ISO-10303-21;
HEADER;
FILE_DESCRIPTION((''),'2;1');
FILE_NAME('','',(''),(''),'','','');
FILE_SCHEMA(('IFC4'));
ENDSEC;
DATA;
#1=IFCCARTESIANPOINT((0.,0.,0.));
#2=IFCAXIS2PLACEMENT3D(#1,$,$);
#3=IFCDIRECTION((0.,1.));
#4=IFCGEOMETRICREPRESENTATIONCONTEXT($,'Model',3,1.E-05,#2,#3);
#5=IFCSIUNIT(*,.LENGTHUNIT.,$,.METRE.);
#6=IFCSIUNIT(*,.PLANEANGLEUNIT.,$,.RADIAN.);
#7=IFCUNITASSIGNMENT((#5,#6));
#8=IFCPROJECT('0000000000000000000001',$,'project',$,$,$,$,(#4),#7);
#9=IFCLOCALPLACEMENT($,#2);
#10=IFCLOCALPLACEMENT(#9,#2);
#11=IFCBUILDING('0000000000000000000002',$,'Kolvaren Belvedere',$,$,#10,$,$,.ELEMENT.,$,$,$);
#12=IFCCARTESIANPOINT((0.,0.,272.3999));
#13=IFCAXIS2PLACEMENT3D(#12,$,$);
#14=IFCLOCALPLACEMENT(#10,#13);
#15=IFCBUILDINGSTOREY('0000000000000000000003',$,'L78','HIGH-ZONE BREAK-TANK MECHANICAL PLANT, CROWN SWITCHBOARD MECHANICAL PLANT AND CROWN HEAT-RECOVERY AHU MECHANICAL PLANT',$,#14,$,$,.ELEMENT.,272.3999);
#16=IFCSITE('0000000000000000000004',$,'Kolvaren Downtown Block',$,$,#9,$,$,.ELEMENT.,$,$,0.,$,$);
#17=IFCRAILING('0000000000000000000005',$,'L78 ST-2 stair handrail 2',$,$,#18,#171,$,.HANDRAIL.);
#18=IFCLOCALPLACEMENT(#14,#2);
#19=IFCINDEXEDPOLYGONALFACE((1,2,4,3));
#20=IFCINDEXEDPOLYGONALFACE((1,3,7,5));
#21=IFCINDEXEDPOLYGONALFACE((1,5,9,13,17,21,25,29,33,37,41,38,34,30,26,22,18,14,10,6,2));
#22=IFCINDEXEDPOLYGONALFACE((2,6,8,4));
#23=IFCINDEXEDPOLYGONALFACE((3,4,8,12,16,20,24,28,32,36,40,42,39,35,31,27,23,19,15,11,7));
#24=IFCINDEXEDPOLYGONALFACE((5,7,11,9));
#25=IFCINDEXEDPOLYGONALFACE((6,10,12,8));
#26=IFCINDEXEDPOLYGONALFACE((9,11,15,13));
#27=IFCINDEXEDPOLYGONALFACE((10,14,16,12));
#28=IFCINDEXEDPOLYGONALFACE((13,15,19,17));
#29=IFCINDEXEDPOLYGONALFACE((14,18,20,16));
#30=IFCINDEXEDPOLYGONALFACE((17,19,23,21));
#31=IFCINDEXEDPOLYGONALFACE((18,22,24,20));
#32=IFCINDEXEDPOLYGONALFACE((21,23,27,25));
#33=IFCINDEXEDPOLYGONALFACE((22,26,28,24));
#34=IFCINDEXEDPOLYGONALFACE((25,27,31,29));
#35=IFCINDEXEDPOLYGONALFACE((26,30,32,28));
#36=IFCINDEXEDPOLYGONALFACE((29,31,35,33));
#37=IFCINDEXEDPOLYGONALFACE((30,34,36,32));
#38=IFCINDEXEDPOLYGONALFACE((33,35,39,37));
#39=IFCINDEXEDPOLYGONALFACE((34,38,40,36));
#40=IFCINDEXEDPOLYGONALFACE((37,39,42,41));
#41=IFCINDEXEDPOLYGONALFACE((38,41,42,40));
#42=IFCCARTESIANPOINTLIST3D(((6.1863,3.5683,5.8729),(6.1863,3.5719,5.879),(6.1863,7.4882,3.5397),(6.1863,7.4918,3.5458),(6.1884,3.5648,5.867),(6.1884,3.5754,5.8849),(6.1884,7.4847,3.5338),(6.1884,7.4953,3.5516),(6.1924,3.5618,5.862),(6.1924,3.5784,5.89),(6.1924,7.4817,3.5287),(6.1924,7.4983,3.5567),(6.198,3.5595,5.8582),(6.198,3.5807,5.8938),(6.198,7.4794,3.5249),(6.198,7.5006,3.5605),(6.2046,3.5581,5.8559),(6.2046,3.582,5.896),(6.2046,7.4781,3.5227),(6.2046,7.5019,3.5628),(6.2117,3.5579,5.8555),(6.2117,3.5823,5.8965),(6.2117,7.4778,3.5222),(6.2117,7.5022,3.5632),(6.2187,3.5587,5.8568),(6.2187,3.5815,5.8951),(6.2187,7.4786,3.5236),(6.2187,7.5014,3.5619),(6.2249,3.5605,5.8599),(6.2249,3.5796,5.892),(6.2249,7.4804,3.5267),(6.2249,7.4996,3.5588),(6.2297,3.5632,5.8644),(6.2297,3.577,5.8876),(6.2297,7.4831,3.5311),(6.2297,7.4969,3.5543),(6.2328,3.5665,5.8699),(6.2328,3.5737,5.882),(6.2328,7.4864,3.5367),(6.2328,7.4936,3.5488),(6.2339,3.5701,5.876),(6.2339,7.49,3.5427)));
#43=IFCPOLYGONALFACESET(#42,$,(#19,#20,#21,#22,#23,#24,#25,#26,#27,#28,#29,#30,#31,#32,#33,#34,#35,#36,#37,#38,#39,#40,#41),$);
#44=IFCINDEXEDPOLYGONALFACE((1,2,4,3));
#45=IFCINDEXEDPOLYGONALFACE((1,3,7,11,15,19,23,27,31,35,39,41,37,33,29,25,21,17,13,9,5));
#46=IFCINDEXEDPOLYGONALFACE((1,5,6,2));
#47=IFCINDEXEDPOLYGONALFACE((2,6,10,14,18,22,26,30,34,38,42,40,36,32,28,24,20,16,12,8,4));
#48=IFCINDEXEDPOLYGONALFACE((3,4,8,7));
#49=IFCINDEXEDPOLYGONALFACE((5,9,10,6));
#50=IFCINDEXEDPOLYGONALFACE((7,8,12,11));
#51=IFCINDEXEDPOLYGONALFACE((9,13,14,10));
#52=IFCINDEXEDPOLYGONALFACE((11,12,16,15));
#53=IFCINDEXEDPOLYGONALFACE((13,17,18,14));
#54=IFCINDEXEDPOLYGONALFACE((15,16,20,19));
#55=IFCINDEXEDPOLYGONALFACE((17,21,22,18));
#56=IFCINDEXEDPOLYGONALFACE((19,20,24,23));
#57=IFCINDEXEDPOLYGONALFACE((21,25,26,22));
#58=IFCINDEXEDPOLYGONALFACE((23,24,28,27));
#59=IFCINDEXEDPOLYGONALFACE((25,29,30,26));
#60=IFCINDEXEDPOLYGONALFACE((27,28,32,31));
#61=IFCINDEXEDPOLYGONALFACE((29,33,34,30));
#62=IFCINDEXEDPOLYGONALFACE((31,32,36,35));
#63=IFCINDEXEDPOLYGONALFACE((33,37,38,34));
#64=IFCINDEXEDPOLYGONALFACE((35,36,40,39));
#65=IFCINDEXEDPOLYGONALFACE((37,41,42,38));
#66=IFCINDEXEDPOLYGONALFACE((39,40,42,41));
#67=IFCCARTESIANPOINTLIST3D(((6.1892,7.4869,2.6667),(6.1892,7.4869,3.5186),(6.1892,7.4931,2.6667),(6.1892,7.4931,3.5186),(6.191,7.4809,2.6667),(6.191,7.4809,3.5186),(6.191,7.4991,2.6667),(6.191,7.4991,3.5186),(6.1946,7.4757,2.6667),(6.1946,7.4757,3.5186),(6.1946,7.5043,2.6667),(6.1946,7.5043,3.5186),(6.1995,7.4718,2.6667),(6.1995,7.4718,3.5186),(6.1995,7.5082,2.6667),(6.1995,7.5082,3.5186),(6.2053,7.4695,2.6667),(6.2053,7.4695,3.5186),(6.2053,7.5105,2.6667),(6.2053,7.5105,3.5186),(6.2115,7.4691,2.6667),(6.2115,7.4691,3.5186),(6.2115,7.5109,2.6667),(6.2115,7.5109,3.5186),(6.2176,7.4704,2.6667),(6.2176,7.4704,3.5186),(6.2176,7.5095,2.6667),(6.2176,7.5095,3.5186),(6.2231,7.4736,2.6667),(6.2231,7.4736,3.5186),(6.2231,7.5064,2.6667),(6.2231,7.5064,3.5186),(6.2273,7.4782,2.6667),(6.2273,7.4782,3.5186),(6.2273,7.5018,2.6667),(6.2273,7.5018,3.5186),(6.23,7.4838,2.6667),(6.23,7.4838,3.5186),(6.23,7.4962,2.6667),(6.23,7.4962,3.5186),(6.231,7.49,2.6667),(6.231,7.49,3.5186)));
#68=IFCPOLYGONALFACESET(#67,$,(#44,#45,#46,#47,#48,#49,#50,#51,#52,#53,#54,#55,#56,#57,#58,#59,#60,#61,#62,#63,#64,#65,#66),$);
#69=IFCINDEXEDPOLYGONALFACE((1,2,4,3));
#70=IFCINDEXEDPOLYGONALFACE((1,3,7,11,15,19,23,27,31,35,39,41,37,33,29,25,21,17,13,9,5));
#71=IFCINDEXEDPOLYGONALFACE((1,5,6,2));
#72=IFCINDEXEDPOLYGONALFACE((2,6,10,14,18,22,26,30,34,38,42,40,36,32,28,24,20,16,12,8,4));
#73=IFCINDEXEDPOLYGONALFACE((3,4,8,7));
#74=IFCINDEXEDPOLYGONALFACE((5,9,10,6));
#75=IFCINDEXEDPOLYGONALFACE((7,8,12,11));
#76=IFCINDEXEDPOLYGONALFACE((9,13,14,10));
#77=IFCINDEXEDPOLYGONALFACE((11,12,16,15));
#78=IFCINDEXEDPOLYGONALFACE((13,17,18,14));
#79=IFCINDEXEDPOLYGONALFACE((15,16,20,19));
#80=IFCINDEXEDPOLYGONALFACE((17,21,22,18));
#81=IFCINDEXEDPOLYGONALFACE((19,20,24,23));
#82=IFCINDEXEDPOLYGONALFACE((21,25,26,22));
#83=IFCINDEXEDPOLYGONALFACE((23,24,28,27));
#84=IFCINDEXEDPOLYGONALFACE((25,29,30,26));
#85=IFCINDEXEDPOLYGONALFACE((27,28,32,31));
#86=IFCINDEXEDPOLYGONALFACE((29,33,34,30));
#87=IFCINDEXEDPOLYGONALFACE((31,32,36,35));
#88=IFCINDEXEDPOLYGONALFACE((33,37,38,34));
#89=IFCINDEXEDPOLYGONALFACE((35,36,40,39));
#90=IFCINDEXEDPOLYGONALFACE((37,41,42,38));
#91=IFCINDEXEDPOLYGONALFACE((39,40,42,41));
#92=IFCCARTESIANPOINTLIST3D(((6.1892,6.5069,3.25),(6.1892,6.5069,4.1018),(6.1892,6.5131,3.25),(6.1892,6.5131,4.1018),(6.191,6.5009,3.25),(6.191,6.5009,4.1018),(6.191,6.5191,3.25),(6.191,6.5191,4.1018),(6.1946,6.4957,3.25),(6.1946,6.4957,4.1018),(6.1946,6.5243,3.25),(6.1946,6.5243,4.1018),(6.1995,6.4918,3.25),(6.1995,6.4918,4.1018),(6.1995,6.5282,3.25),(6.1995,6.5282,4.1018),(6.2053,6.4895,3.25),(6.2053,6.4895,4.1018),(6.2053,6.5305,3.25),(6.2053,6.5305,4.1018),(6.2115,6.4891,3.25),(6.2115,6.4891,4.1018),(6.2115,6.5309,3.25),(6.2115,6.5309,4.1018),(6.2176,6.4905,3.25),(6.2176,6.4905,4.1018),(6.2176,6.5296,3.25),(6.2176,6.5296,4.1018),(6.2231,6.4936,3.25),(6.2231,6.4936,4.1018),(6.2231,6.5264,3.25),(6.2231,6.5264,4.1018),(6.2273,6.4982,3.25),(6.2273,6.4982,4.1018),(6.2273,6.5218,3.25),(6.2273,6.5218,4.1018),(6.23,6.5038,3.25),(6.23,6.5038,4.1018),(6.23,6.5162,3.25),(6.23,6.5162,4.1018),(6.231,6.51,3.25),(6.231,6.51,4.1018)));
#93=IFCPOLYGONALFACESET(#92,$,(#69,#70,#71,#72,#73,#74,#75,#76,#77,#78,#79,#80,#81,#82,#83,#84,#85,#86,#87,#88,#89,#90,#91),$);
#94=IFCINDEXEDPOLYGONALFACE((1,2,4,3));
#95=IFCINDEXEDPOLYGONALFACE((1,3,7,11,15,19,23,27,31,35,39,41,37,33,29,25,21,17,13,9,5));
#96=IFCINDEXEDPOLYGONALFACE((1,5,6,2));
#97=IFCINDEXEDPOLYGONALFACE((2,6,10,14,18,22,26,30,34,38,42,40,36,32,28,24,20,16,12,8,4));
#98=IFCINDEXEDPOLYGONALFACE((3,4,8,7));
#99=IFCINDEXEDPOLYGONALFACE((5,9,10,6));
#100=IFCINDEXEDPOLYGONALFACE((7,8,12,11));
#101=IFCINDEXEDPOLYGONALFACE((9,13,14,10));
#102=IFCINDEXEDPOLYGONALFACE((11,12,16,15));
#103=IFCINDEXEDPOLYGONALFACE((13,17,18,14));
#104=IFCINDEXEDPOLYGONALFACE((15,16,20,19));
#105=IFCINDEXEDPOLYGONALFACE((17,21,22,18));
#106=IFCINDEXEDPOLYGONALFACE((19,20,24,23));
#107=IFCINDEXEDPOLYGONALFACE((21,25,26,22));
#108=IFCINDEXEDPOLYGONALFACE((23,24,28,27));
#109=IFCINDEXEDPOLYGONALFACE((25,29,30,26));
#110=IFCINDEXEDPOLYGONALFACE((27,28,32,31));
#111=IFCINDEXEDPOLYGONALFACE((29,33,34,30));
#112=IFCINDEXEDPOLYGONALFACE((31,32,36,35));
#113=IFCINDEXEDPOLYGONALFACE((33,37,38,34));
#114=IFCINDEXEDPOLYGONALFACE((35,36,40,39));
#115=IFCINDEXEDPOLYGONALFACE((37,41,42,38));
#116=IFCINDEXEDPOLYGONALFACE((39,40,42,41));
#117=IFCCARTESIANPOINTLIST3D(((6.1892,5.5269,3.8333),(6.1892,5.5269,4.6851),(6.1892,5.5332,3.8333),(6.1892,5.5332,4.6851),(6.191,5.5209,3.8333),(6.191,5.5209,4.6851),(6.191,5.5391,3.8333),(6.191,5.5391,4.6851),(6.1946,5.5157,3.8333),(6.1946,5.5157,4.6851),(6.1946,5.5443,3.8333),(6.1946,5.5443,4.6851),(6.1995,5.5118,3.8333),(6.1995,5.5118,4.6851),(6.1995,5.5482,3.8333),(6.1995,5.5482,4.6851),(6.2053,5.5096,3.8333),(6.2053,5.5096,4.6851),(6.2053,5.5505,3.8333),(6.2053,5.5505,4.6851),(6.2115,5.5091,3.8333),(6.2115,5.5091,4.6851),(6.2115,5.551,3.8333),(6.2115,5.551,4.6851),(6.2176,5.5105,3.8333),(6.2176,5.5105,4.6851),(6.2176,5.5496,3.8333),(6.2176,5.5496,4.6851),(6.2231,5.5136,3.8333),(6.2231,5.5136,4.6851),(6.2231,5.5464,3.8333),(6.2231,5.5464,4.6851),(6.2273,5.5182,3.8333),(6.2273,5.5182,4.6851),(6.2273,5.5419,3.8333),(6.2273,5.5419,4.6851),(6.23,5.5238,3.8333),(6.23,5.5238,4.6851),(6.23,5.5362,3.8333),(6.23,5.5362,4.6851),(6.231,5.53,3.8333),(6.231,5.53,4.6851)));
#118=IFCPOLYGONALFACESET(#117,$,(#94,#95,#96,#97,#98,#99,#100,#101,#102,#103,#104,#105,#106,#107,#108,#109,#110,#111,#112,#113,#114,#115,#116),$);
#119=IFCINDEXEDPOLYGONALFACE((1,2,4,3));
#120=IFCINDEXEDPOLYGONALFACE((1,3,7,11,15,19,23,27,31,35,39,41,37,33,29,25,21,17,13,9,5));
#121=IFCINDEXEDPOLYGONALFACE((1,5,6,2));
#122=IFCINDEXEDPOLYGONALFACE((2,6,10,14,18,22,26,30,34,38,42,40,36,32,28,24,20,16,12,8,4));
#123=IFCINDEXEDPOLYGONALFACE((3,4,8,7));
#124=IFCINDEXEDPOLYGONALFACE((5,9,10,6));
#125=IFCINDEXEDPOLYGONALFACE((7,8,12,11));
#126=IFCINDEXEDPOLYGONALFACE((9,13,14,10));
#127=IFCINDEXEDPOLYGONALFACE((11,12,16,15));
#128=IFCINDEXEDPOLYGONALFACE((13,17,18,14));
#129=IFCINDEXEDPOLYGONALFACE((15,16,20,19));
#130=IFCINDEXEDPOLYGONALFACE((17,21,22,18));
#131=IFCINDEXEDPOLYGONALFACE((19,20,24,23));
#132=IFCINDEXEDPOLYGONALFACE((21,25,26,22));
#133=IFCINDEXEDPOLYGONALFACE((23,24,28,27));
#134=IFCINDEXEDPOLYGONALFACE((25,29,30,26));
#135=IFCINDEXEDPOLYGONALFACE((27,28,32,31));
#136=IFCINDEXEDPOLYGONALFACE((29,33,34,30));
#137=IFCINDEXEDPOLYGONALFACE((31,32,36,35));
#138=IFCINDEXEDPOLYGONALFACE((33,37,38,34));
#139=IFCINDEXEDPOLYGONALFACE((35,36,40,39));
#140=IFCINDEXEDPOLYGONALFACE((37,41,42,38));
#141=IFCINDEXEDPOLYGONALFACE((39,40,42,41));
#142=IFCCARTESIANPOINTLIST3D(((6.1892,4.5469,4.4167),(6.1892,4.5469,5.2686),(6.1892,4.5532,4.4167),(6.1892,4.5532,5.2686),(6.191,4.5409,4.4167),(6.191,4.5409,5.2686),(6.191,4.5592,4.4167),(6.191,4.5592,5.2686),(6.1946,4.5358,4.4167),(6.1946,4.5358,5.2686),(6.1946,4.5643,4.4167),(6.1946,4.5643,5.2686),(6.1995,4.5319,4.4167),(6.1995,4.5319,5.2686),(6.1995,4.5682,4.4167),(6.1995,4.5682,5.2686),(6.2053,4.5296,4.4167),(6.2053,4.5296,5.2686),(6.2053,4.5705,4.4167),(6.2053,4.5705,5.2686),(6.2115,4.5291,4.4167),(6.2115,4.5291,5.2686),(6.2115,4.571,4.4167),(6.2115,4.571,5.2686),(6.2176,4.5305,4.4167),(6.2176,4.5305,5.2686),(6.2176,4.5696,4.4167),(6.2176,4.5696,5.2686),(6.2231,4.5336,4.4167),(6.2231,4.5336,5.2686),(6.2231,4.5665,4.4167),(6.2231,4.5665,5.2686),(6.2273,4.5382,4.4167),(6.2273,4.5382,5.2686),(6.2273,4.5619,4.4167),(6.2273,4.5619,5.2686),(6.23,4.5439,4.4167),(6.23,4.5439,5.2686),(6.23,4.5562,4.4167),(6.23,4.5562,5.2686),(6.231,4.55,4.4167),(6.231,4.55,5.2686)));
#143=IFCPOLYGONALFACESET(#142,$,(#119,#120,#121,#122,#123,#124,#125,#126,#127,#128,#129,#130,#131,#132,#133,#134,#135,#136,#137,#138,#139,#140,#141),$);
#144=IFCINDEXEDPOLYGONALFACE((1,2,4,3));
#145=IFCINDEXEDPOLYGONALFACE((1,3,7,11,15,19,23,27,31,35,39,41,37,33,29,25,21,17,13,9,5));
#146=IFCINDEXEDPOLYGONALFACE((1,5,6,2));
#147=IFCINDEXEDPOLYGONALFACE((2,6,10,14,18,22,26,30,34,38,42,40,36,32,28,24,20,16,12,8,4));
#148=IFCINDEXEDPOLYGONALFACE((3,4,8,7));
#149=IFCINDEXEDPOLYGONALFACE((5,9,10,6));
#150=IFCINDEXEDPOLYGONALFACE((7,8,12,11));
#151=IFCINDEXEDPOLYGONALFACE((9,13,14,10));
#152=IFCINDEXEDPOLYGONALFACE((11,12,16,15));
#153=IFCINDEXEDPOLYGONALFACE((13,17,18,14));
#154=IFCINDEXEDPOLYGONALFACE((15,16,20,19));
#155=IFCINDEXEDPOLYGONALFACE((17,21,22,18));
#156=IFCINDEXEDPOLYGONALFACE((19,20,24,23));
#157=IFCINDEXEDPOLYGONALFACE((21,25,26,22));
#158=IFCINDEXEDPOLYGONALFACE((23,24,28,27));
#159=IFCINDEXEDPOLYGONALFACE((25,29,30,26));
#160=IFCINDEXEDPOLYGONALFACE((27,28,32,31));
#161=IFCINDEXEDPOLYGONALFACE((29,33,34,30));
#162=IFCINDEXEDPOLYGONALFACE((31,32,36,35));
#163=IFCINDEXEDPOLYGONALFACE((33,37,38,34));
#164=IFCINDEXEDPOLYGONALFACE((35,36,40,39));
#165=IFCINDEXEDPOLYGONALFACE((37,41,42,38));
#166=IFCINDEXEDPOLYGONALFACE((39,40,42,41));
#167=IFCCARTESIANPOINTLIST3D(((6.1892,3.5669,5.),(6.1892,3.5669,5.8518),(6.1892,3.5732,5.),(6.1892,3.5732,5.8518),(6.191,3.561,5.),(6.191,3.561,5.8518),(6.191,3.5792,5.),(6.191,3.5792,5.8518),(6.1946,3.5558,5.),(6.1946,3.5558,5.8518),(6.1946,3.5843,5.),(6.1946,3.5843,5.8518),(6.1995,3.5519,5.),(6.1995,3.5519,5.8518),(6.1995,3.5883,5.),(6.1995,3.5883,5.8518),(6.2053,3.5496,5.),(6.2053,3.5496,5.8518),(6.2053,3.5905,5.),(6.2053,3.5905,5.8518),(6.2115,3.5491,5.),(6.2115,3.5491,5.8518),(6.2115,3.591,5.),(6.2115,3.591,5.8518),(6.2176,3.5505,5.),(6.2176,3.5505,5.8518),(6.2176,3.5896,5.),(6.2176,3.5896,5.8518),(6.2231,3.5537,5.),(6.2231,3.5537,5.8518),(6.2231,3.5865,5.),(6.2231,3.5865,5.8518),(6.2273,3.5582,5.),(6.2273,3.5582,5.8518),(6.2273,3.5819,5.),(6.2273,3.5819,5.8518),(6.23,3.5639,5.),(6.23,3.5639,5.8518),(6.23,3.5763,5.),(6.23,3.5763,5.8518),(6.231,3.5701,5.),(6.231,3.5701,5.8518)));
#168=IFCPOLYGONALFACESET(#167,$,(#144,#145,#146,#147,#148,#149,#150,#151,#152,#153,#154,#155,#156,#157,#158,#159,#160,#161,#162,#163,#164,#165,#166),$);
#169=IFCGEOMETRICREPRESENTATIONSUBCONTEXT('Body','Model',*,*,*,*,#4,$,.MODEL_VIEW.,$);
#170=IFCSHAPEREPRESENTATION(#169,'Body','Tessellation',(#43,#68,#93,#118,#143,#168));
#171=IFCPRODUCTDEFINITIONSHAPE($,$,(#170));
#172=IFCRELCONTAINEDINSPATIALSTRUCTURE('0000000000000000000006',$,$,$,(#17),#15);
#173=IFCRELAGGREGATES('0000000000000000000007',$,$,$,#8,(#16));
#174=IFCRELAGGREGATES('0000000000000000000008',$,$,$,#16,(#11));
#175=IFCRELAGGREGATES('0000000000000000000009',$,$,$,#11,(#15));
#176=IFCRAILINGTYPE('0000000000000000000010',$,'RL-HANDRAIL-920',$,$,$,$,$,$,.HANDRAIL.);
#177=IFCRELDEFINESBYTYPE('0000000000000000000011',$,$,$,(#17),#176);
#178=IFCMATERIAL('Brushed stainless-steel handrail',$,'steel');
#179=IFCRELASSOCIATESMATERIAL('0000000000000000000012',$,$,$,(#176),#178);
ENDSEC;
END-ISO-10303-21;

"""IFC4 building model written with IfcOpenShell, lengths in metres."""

from ifc_helpers import new_model, si_unit, direction, frame, origin, origin_2d, place, context, subcontext, project, spatial, circle, extrude, material, type_object, element, save


model = new_model("IFC4")

# Units and contexts
model_context = context("Model", 3, precision=1e-05, world=origin(), true_north=direction((0.0, 1.0)))
body_context = subcontext(model_context, "Body", "Model", "MODEL_VIEW")
ifc_project = project(units=[si_unit("LENGTHUNIT", "METRE"), si_unit("PLANEANGLEUNIT", "RADIAN")], contexts=[model_context])

# Site, building, storey
site_placement = place(None, origin())
site = spatial("IfcSite", under=ifc_project, at=site_placement, Name="Kolvaren Downtown Block", CompositionType="ELEMENT", RefElevation=0.0)
building_placement = place(site_placement, origin())
building = spatial("IfcBuilding", under=site, at=building_placement, Name="Kolvaren Belvedere", CompositionType="ELEMENT")
storey_placement = place(building_placement, frame((0.0, 0.0, 272.3999)))
storey = spatial("IfcBuildingStorey", under=building, at=storey_placement, Name="L78", Description="HIGH-ZONE BREAK-TANK MECHANICAL PLANT, CROWN SWITCHBOARD MECHANICAL PLANT AND CROWN HEAT-RECOVERY AHU MECHANICAL PLANT", CompositionType="ELEMENT", Elevation=272.3999)

# Railing
ifc_material_1 = material(Name="Brushed stainless-steel handrail", Category="steel")
railing_type_1 = type_object("IfcRailingType", Name="RL-HANDRAIL-920", PredefinedType="HANDRAIL", material=ifc_material_1)
railing_1_placement = place(storey_placement, frame((6.21, 7.49, 2.6667)))
element("IfcRailing", 1, at=railing_1_placement, inside=storey, type_object=railing_type_1, Name="L78 ST-2 stair handrail 2", PredefinedType="HANDRAIL", context=body_context, shape_type="SweptSolid", body=[
    extrude(circle(Radius=0.0239, at=origin_2d()), frame((0.0, 0.0, 0.876), z_axis=(0.0, -0.859296, 0.511478), x_axis=(1.0, 0.0, 0.0)), (0.0, 0.0, 1.0), 4.5618),
    extrude(circle(Radius=0.021, at=origin_2d()), origin(), (0.0, 0.0, 1.0), 0.8518),
    extrude(circle(Radius=0.021, at=origin_2d()), frame((0.0, -0.98, 0.5833)), (0.0, 0.0, 1.0), 0.8518),
    extrude(circle(Radius=0.021, at=origin_2d()), frame((0.0, -1.96, 1.1665)), (0.0, 0.0, 1.0), 0.8518),
    extrude(circle(Radius=0.021, at=origin_2d()), frame((0.0, -2.9399, 1.75)), (0.0, 0.0, 1.0), 0.8518),
    extrude(circle(Radius=0.021, at=origin_2d()), frame((0.0, -3.9199, 2.3333)), (0.0, 0.0, 1.0), 0.8518),
])

save(model, "model.ifc")
